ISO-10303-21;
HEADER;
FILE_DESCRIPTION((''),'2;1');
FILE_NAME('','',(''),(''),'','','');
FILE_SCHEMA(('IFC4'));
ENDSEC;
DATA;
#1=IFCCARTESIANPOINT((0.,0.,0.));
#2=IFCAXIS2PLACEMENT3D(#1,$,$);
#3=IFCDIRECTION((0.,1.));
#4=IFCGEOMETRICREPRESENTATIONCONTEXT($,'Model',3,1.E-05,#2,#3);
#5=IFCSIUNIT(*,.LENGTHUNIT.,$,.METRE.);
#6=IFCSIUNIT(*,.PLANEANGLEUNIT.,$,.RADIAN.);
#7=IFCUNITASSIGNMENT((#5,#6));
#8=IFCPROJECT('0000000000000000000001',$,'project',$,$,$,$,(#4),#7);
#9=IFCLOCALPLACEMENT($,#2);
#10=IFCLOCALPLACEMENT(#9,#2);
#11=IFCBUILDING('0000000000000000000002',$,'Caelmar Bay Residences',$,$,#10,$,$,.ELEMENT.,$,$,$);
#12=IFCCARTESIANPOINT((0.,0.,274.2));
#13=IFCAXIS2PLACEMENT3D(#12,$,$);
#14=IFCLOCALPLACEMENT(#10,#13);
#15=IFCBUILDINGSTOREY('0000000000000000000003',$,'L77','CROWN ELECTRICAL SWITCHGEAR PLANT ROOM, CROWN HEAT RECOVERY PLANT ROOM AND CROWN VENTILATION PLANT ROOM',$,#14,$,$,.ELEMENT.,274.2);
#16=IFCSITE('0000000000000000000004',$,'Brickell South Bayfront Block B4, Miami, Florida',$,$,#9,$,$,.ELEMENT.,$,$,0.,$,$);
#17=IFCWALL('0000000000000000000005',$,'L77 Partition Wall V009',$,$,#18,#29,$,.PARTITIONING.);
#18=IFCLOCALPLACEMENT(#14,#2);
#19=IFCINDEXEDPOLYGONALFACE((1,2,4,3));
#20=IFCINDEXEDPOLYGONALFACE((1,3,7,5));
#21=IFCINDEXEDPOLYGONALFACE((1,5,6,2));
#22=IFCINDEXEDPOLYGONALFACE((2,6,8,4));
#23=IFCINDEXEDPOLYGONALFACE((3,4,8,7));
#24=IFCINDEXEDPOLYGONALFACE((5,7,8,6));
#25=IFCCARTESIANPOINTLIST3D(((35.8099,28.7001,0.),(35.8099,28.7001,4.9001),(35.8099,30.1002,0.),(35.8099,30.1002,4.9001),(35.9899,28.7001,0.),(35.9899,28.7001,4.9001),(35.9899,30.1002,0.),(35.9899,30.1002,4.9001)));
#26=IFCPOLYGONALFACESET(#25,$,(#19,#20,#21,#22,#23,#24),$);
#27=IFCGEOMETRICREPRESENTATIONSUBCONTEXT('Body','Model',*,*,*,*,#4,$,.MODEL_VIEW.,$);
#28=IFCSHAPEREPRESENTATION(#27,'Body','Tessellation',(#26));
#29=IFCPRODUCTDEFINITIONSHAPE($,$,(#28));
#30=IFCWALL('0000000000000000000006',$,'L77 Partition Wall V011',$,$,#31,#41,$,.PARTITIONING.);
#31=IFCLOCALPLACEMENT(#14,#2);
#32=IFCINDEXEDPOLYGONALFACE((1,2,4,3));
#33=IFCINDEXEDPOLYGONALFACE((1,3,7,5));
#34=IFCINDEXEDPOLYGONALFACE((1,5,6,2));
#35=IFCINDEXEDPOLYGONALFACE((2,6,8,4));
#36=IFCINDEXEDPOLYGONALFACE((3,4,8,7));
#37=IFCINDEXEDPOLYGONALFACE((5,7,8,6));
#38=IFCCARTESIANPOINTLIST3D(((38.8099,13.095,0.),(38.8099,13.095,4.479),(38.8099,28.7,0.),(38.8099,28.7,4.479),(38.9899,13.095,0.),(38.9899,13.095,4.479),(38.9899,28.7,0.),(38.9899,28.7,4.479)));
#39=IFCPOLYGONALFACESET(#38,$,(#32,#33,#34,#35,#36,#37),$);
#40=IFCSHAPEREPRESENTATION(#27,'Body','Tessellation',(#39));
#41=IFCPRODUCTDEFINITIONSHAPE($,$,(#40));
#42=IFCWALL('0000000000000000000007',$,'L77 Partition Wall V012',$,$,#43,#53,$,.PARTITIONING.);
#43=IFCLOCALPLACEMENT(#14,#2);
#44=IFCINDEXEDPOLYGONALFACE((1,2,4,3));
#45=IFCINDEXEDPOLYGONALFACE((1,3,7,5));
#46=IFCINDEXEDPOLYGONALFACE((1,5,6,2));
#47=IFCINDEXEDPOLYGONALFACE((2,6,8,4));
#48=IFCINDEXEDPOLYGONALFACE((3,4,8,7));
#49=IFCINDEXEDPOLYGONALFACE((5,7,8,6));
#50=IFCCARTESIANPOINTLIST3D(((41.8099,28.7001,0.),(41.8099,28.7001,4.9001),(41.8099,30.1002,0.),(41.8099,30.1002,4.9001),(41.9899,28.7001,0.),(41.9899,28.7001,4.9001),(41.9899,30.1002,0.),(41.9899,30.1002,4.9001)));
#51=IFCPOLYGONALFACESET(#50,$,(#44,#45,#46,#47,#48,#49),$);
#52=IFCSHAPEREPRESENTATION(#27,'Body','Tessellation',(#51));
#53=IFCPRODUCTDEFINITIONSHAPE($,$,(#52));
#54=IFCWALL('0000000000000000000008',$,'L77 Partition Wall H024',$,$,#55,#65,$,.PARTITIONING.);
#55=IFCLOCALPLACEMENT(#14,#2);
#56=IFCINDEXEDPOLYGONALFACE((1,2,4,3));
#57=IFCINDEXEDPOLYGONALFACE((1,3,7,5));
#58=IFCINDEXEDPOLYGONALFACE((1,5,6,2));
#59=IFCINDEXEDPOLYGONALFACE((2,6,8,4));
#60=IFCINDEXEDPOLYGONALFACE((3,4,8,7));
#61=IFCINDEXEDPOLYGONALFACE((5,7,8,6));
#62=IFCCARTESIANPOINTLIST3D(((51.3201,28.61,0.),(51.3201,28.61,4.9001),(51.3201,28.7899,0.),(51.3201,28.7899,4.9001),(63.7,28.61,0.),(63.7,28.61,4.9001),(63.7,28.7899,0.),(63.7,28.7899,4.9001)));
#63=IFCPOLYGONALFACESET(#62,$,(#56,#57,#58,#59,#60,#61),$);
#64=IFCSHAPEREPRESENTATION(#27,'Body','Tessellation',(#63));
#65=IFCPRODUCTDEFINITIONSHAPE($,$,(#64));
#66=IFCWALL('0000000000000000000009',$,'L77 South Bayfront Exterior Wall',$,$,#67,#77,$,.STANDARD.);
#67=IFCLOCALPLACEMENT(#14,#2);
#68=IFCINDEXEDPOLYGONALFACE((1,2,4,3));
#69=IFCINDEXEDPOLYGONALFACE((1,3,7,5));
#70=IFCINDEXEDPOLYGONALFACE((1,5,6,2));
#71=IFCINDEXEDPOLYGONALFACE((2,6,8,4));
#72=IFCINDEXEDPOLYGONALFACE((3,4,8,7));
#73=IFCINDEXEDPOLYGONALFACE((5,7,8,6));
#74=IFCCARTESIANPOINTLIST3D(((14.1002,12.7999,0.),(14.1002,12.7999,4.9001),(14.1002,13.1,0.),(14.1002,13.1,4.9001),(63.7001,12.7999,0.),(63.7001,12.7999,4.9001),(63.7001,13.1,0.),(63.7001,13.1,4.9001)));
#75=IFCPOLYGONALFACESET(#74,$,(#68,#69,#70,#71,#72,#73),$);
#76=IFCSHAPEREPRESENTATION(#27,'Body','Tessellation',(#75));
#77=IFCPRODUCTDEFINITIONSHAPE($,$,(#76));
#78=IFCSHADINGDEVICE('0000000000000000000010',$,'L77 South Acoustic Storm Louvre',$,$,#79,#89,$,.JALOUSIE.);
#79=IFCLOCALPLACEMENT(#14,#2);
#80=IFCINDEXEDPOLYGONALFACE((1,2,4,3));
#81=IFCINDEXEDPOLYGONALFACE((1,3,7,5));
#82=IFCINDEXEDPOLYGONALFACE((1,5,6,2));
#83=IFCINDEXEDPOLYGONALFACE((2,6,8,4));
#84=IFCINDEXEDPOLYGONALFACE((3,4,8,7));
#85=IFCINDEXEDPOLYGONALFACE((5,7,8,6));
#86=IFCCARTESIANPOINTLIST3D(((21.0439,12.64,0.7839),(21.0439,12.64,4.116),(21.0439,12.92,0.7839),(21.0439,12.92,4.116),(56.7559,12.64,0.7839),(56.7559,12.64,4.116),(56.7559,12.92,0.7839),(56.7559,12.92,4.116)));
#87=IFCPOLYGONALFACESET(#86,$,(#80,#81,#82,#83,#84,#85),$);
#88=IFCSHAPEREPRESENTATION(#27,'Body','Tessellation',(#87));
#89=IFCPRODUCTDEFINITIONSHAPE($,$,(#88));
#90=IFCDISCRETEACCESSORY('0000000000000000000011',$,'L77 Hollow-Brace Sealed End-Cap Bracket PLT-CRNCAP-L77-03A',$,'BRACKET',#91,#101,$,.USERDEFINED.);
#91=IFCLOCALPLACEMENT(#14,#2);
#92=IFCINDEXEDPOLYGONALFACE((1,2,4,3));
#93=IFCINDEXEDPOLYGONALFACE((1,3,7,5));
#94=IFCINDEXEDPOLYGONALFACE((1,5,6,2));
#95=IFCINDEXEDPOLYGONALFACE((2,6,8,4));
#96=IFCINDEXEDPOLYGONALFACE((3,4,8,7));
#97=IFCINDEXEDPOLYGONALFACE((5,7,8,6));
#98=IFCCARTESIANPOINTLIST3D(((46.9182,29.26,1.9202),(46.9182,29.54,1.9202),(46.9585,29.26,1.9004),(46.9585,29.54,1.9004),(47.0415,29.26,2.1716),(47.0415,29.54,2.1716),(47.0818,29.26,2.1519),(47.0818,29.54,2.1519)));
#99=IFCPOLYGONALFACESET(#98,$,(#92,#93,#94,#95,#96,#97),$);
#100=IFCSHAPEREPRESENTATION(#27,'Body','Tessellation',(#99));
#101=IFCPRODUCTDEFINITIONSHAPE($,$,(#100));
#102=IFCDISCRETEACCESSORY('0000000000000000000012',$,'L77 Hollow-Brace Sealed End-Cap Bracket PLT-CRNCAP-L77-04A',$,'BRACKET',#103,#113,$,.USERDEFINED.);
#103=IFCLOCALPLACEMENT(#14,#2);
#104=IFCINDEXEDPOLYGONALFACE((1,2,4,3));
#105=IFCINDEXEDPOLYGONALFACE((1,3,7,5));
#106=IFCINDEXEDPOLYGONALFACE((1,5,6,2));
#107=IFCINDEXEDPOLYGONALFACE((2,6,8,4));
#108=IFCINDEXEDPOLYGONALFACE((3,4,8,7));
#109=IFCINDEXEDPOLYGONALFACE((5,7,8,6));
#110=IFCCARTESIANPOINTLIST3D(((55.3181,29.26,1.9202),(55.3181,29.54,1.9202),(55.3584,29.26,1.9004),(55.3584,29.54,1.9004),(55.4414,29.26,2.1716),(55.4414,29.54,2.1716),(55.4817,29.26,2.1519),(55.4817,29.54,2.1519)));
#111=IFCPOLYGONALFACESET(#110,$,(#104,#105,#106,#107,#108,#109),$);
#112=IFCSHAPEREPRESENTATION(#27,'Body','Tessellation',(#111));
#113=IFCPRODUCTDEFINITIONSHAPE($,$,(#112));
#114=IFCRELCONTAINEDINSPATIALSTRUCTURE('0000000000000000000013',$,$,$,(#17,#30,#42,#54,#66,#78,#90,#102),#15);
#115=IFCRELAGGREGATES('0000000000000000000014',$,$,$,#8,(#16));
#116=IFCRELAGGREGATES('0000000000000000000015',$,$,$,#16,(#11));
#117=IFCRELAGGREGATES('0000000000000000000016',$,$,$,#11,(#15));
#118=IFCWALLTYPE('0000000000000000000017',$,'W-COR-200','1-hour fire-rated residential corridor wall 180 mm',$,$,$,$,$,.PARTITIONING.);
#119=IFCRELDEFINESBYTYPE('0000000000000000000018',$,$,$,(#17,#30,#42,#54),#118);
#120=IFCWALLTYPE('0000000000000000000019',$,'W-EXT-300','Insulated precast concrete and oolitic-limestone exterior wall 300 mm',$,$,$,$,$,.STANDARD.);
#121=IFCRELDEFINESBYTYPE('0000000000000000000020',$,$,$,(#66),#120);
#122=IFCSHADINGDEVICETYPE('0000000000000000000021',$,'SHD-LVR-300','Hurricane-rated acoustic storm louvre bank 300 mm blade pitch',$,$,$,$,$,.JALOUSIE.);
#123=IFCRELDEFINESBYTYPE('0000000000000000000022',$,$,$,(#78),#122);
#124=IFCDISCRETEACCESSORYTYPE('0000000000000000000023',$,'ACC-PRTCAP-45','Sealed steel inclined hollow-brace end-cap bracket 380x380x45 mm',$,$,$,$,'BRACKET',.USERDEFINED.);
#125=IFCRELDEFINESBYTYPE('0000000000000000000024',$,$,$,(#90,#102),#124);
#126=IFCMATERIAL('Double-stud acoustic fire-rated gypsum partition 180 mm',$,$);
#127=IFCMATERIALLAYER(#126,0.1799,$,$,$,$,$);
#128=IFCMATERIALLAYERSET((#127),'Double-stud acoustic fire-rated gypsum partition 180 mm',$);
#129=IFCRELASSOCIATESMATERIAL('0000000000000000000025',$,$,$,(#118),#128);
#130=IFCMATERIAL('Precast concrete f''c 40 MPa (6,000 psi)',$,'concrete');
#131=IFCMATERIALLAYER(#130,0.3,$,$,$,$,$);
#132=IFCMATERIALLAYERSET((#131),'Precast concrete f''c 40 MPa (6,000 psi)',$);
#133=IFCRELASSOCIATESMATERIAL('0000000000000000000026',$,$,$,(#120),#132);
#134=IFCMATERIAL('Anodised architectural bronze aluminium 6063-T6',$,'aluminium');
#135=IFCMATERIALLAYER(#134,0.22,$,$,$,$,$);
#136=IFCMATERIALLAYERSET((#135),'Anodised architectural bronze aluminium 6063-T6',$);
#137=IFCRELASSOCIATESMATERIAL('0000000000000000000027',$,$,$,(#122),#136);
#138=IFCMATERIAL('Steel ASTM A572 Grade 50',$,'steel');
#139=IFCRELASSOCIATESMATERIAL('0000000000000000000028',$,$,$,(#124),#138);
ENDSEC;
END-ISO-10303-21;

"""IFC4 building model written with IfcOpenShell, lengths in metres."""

from ifc_helpers import new_model, si_unit, direction, frame, frame_2d, origin, origin_2d, place, context, subcontext, project, spatial, polyline, rectangle, outline, extrude, material, layer, layer_set, type_object, element, save


model = new_model("IFC4")

# Units and contexts
model_context = context("Model", 3, precision=1e-05, world=origin(), true_north=direction((0.0, 1.0)))
body_context = subcontext(model_context, "Body", "Model", "MODEL_VIEW")
ifc_project = project(units=[si_unit("LENGTHUNIT", "METRE"), si_unit("PLANEANGLEUNIT", "RADIAN")], contexts=[model_context])

# Site, building, storey
site_placement = place(None, origin())
site = spatial("IfcSite", under=ifc_project, at=site_placement, Name="Brickell South Bayfront Block B4, Miami, Florida", CompositionType="ELEMENT", RefElevation=0.0)
building_placement = place(site_placement, origin())
building = spatial("IfcBuilding", under=site, at=building_placement, Name="Caelmar Bay Residences", CompositionType="ELEMENT")
storey_placement = place(building_placement, frame((0.0, 0.0, 274.2)))
storey = spatial("IfcBuildingStorey", under=building, at=storey_placement, Name="L77", Description="CROWN ELECTRICAL SWITCHGEAR PLANT ROOM, CROWN HEAT RECOVERY PLANT ROOM AND CROWN VENTILATION PLANT ROOM", CompositionType="ELEMENT", Elevation=274.2)

# Walls
ifc_material_1 = material(Name="Double-stud acoustic fire-rated gypsum partition 180 mm")
ifc_layer_1 = layer(ifc_material_1, 0.1799)
ifc_layer_set_1 = layer_set([ifc_layer_1], Name="Double-stud acoustic fire-rated gypsum partition 180 mm")
wall_type_1 = type_object("IfcWallType", Name="W-COR-200", Description="1-hour fire-rated residential corridor wall 180 mm", PredefinedType="PARTITIONING", material=ifc_layer_set_1)
wall_1_placement = place(storey_placement, frame((35.8999, 28.7, 0.0), z_axis=(0.0, 0.0, 1.0), x_axis=(0.0, 1.0, 0.0)))
element("IfcWall", 1, at=wall_1_placement, inside=storey, type_object=wall_type_1, Name="L77 Partition Wall V009", PredefinedType="PARTITIONING", context=body_context, shape_type="SweptSolid", body=[
    extrude(rectangle(XDim=1.4001, YDim=0.1799, at=frame_2d((0.7002, 0.0))), origin(), (0.0, 0.0, 1.0), 4.9001),
])
wall_2_placement = place(storey_placement, frame((38.8999, 13.095, 0.0), z_axis=(0.0, 0.0, 1.0), x_axis=(0.0, 1.0, 0.0)))
element("IfcWall", 2, at=wall_2_placement, inside=storey, type_object=wall_type_1, Name="L77 Partition Wall V011", PredefinedType="PARTITIONING", context=body_context, shape_type="SweptSolid", body=[
    extrude(rectangle(XDim=15.605, YDim=0.1799, at=frame_2d((7.8025, 0.0))), origin(), (0.0, 0.0, 1.0), 4.479),
])
wall_3_placement = place(storey_placement, frame((41.8999, 28.7, 0.0), z_axis=(0.0, 0.0, 1.0), x_axis=(0.0, 1.0, 0.0)))
element("IfcWall", 3, at=wall_3_placement, inside=storey, type_object=wall_type_1, Name="L77 Partition Wall V012", PredefinedType="PARTITIONING", context=body_context, shape_type="SweptSolid", body=[
    extrude(rectangle(XDim=1.4001, YDim=0.1799, at=frame_2d((0.7002, 0.0))), origin(), (0.0, 0.0, 1.0), 4.9001),
])
wall_4_placement = place(storey_placement, frame((51.3201, 28.7, 0.0), z_axis=(0.0, 0.0, 1.0), x_axis=(1.0, 0.0, 0.0)))
element("IfcWall", 4, at=wall_4_placement, inside=storey, type_object=wall_type_1, Name="L77 Partition Wall H024", PredefinedType="PARTITIONING", context=body_context, shape_type="SweptSolid", body=[
    extrude(rectangle(XDim=12.3799, YDim=0.1799, at=frame_2d((6.1899, 0.0))), origin(), (0.0, 0.0, 1.0), 4.9001),
])
ifc_material_2 = material(Name="Precast concrete f'c 40 MPa (6,000 psi)", Category="concrete")
ifc_layer_2 = layer(ifc_material_2, 0.3)
ifc_layer_set_2 = layer_set([ifc_layer_2], Name="Precast concrete f'c 40 MPa (6,000 psi)")
wall_type_2 = type_object("IfcWallType", Name="W-EXT-300", Description="Insulated precast concrete and oolitic-limestone exterior wall 300 mm", PredefinedType="STANDARD", material=ifc_layer_set_2)
wall_5_placement = place(storey_placement, frame((63.7, 12.95, 0.0), z_axis=(0.0, 0.0, 1.0), x_axis=(-1.0, 0.0, 0.0)))
element("IfcWall", 5, at=wall_5_placement, inside=storey, type_object=wall_type_2, Name="L77 South Bayfront Exterior Wall", PredefinedType="STANDARD", context=body_context, shape_type="SweptSolid", body=[
    extrude(rectangle(XDim=49.5999, YDim=0.3, at=frame_2d((24.7998, 0.0))), origin(), (0.0, 0.0, 1.0), 4.9001),
])

# Shading device
ifc_material_3 = material(Name="Anodised architectural bronze aluminium 6063-T6", Category="aluminium")
ifc_layer_3 = layer(ifc_material_3, 0.22)
ifc_layer_set_3 = layer_set([ifc_layer_3], Name="Anodised architectural bronze aluminium 6063-T6")
shading_device_type = type_object("IfcShadingDeviceType", Name="SHD-LVR-300", Description="Hurricane-rated acoustic storm louvre bank 300 mm blade pitch", PredefinedType="JALOUSIE", material=ifc_layer_set_3)
shading_device_placement = place(storey_placement, frame((38.8999, 12.78, 0.7839), z_axis=(0.0, 0.0, 1.0), x_axis=(1.0, 0.0, 0.0)))
element("IfcShadingDevice", 6, at=shading_device_placement, inside=storey, type_object=shading_device_type, Name="L77 South Acoustic Storm Louvre", PredefinedType="JALOUSIE", context=body_context, shape_type="SweptSolid", body=[
    extrude(rectangle(XDim=35.7119, YDim=0.28, at=origin_2d()), origin(), (0.0, 0.0, 1.0), 3.332),
])

# Discrete accessories
ifc_material_4 = material(Name="Steel ASTM A572 Grade 50", Category="steel")
discrete_accessory_type = type_object("IfcDiscreteAccessoryType", Name="ACC-PRTCAP-45", Description="Sealed steel inclined hollow-brace end-cap bracket 380x380x45 mm", ElementType="BRACKET", PredefinedType="USERDEFINED", material=ifc_material_4)
for number, where, z_axis, x_axis, name in (
    (7, (46.9182, 29.26, 1.9202), (-0.897887, 0.0, 0.440226), (0.0, 1.0, 0.0), "L77 Hollow-Brace Sealed End-Cap Bracket PLT-CRNCAP-L77-03A"),
    (8, (55.3181, 29.26, 1.9202), (-0.897887, 0.0, 0.440226), (0.0, 1.0, 0.0), "L77 Hollow-Brace Sealed End-Cap Bracket PLT-CRNCAP-L77-04A"),
):
    element("IfcDiscreteAccessory", number, at=place(storey_placement, frame(where, z_axis=z_axis, x_axis=x_axis)), inside=storey, type_object=discrete_accessory_type, Name=name, ObjectType="BRACKET", PredefinedType="USERDEFINED", context=body_context, shape_type="SweptSolid", body=[
        extrude(outline(polyline([(0.0, 0.0), (0.28, 0.0), (0.28, -0.2801), (0.0, -0.2801), (0.0, 0.0)])), origin(), (0.0, 0.0, -1.0), 0.0449),
    ])

save(model, "model.ifc")
